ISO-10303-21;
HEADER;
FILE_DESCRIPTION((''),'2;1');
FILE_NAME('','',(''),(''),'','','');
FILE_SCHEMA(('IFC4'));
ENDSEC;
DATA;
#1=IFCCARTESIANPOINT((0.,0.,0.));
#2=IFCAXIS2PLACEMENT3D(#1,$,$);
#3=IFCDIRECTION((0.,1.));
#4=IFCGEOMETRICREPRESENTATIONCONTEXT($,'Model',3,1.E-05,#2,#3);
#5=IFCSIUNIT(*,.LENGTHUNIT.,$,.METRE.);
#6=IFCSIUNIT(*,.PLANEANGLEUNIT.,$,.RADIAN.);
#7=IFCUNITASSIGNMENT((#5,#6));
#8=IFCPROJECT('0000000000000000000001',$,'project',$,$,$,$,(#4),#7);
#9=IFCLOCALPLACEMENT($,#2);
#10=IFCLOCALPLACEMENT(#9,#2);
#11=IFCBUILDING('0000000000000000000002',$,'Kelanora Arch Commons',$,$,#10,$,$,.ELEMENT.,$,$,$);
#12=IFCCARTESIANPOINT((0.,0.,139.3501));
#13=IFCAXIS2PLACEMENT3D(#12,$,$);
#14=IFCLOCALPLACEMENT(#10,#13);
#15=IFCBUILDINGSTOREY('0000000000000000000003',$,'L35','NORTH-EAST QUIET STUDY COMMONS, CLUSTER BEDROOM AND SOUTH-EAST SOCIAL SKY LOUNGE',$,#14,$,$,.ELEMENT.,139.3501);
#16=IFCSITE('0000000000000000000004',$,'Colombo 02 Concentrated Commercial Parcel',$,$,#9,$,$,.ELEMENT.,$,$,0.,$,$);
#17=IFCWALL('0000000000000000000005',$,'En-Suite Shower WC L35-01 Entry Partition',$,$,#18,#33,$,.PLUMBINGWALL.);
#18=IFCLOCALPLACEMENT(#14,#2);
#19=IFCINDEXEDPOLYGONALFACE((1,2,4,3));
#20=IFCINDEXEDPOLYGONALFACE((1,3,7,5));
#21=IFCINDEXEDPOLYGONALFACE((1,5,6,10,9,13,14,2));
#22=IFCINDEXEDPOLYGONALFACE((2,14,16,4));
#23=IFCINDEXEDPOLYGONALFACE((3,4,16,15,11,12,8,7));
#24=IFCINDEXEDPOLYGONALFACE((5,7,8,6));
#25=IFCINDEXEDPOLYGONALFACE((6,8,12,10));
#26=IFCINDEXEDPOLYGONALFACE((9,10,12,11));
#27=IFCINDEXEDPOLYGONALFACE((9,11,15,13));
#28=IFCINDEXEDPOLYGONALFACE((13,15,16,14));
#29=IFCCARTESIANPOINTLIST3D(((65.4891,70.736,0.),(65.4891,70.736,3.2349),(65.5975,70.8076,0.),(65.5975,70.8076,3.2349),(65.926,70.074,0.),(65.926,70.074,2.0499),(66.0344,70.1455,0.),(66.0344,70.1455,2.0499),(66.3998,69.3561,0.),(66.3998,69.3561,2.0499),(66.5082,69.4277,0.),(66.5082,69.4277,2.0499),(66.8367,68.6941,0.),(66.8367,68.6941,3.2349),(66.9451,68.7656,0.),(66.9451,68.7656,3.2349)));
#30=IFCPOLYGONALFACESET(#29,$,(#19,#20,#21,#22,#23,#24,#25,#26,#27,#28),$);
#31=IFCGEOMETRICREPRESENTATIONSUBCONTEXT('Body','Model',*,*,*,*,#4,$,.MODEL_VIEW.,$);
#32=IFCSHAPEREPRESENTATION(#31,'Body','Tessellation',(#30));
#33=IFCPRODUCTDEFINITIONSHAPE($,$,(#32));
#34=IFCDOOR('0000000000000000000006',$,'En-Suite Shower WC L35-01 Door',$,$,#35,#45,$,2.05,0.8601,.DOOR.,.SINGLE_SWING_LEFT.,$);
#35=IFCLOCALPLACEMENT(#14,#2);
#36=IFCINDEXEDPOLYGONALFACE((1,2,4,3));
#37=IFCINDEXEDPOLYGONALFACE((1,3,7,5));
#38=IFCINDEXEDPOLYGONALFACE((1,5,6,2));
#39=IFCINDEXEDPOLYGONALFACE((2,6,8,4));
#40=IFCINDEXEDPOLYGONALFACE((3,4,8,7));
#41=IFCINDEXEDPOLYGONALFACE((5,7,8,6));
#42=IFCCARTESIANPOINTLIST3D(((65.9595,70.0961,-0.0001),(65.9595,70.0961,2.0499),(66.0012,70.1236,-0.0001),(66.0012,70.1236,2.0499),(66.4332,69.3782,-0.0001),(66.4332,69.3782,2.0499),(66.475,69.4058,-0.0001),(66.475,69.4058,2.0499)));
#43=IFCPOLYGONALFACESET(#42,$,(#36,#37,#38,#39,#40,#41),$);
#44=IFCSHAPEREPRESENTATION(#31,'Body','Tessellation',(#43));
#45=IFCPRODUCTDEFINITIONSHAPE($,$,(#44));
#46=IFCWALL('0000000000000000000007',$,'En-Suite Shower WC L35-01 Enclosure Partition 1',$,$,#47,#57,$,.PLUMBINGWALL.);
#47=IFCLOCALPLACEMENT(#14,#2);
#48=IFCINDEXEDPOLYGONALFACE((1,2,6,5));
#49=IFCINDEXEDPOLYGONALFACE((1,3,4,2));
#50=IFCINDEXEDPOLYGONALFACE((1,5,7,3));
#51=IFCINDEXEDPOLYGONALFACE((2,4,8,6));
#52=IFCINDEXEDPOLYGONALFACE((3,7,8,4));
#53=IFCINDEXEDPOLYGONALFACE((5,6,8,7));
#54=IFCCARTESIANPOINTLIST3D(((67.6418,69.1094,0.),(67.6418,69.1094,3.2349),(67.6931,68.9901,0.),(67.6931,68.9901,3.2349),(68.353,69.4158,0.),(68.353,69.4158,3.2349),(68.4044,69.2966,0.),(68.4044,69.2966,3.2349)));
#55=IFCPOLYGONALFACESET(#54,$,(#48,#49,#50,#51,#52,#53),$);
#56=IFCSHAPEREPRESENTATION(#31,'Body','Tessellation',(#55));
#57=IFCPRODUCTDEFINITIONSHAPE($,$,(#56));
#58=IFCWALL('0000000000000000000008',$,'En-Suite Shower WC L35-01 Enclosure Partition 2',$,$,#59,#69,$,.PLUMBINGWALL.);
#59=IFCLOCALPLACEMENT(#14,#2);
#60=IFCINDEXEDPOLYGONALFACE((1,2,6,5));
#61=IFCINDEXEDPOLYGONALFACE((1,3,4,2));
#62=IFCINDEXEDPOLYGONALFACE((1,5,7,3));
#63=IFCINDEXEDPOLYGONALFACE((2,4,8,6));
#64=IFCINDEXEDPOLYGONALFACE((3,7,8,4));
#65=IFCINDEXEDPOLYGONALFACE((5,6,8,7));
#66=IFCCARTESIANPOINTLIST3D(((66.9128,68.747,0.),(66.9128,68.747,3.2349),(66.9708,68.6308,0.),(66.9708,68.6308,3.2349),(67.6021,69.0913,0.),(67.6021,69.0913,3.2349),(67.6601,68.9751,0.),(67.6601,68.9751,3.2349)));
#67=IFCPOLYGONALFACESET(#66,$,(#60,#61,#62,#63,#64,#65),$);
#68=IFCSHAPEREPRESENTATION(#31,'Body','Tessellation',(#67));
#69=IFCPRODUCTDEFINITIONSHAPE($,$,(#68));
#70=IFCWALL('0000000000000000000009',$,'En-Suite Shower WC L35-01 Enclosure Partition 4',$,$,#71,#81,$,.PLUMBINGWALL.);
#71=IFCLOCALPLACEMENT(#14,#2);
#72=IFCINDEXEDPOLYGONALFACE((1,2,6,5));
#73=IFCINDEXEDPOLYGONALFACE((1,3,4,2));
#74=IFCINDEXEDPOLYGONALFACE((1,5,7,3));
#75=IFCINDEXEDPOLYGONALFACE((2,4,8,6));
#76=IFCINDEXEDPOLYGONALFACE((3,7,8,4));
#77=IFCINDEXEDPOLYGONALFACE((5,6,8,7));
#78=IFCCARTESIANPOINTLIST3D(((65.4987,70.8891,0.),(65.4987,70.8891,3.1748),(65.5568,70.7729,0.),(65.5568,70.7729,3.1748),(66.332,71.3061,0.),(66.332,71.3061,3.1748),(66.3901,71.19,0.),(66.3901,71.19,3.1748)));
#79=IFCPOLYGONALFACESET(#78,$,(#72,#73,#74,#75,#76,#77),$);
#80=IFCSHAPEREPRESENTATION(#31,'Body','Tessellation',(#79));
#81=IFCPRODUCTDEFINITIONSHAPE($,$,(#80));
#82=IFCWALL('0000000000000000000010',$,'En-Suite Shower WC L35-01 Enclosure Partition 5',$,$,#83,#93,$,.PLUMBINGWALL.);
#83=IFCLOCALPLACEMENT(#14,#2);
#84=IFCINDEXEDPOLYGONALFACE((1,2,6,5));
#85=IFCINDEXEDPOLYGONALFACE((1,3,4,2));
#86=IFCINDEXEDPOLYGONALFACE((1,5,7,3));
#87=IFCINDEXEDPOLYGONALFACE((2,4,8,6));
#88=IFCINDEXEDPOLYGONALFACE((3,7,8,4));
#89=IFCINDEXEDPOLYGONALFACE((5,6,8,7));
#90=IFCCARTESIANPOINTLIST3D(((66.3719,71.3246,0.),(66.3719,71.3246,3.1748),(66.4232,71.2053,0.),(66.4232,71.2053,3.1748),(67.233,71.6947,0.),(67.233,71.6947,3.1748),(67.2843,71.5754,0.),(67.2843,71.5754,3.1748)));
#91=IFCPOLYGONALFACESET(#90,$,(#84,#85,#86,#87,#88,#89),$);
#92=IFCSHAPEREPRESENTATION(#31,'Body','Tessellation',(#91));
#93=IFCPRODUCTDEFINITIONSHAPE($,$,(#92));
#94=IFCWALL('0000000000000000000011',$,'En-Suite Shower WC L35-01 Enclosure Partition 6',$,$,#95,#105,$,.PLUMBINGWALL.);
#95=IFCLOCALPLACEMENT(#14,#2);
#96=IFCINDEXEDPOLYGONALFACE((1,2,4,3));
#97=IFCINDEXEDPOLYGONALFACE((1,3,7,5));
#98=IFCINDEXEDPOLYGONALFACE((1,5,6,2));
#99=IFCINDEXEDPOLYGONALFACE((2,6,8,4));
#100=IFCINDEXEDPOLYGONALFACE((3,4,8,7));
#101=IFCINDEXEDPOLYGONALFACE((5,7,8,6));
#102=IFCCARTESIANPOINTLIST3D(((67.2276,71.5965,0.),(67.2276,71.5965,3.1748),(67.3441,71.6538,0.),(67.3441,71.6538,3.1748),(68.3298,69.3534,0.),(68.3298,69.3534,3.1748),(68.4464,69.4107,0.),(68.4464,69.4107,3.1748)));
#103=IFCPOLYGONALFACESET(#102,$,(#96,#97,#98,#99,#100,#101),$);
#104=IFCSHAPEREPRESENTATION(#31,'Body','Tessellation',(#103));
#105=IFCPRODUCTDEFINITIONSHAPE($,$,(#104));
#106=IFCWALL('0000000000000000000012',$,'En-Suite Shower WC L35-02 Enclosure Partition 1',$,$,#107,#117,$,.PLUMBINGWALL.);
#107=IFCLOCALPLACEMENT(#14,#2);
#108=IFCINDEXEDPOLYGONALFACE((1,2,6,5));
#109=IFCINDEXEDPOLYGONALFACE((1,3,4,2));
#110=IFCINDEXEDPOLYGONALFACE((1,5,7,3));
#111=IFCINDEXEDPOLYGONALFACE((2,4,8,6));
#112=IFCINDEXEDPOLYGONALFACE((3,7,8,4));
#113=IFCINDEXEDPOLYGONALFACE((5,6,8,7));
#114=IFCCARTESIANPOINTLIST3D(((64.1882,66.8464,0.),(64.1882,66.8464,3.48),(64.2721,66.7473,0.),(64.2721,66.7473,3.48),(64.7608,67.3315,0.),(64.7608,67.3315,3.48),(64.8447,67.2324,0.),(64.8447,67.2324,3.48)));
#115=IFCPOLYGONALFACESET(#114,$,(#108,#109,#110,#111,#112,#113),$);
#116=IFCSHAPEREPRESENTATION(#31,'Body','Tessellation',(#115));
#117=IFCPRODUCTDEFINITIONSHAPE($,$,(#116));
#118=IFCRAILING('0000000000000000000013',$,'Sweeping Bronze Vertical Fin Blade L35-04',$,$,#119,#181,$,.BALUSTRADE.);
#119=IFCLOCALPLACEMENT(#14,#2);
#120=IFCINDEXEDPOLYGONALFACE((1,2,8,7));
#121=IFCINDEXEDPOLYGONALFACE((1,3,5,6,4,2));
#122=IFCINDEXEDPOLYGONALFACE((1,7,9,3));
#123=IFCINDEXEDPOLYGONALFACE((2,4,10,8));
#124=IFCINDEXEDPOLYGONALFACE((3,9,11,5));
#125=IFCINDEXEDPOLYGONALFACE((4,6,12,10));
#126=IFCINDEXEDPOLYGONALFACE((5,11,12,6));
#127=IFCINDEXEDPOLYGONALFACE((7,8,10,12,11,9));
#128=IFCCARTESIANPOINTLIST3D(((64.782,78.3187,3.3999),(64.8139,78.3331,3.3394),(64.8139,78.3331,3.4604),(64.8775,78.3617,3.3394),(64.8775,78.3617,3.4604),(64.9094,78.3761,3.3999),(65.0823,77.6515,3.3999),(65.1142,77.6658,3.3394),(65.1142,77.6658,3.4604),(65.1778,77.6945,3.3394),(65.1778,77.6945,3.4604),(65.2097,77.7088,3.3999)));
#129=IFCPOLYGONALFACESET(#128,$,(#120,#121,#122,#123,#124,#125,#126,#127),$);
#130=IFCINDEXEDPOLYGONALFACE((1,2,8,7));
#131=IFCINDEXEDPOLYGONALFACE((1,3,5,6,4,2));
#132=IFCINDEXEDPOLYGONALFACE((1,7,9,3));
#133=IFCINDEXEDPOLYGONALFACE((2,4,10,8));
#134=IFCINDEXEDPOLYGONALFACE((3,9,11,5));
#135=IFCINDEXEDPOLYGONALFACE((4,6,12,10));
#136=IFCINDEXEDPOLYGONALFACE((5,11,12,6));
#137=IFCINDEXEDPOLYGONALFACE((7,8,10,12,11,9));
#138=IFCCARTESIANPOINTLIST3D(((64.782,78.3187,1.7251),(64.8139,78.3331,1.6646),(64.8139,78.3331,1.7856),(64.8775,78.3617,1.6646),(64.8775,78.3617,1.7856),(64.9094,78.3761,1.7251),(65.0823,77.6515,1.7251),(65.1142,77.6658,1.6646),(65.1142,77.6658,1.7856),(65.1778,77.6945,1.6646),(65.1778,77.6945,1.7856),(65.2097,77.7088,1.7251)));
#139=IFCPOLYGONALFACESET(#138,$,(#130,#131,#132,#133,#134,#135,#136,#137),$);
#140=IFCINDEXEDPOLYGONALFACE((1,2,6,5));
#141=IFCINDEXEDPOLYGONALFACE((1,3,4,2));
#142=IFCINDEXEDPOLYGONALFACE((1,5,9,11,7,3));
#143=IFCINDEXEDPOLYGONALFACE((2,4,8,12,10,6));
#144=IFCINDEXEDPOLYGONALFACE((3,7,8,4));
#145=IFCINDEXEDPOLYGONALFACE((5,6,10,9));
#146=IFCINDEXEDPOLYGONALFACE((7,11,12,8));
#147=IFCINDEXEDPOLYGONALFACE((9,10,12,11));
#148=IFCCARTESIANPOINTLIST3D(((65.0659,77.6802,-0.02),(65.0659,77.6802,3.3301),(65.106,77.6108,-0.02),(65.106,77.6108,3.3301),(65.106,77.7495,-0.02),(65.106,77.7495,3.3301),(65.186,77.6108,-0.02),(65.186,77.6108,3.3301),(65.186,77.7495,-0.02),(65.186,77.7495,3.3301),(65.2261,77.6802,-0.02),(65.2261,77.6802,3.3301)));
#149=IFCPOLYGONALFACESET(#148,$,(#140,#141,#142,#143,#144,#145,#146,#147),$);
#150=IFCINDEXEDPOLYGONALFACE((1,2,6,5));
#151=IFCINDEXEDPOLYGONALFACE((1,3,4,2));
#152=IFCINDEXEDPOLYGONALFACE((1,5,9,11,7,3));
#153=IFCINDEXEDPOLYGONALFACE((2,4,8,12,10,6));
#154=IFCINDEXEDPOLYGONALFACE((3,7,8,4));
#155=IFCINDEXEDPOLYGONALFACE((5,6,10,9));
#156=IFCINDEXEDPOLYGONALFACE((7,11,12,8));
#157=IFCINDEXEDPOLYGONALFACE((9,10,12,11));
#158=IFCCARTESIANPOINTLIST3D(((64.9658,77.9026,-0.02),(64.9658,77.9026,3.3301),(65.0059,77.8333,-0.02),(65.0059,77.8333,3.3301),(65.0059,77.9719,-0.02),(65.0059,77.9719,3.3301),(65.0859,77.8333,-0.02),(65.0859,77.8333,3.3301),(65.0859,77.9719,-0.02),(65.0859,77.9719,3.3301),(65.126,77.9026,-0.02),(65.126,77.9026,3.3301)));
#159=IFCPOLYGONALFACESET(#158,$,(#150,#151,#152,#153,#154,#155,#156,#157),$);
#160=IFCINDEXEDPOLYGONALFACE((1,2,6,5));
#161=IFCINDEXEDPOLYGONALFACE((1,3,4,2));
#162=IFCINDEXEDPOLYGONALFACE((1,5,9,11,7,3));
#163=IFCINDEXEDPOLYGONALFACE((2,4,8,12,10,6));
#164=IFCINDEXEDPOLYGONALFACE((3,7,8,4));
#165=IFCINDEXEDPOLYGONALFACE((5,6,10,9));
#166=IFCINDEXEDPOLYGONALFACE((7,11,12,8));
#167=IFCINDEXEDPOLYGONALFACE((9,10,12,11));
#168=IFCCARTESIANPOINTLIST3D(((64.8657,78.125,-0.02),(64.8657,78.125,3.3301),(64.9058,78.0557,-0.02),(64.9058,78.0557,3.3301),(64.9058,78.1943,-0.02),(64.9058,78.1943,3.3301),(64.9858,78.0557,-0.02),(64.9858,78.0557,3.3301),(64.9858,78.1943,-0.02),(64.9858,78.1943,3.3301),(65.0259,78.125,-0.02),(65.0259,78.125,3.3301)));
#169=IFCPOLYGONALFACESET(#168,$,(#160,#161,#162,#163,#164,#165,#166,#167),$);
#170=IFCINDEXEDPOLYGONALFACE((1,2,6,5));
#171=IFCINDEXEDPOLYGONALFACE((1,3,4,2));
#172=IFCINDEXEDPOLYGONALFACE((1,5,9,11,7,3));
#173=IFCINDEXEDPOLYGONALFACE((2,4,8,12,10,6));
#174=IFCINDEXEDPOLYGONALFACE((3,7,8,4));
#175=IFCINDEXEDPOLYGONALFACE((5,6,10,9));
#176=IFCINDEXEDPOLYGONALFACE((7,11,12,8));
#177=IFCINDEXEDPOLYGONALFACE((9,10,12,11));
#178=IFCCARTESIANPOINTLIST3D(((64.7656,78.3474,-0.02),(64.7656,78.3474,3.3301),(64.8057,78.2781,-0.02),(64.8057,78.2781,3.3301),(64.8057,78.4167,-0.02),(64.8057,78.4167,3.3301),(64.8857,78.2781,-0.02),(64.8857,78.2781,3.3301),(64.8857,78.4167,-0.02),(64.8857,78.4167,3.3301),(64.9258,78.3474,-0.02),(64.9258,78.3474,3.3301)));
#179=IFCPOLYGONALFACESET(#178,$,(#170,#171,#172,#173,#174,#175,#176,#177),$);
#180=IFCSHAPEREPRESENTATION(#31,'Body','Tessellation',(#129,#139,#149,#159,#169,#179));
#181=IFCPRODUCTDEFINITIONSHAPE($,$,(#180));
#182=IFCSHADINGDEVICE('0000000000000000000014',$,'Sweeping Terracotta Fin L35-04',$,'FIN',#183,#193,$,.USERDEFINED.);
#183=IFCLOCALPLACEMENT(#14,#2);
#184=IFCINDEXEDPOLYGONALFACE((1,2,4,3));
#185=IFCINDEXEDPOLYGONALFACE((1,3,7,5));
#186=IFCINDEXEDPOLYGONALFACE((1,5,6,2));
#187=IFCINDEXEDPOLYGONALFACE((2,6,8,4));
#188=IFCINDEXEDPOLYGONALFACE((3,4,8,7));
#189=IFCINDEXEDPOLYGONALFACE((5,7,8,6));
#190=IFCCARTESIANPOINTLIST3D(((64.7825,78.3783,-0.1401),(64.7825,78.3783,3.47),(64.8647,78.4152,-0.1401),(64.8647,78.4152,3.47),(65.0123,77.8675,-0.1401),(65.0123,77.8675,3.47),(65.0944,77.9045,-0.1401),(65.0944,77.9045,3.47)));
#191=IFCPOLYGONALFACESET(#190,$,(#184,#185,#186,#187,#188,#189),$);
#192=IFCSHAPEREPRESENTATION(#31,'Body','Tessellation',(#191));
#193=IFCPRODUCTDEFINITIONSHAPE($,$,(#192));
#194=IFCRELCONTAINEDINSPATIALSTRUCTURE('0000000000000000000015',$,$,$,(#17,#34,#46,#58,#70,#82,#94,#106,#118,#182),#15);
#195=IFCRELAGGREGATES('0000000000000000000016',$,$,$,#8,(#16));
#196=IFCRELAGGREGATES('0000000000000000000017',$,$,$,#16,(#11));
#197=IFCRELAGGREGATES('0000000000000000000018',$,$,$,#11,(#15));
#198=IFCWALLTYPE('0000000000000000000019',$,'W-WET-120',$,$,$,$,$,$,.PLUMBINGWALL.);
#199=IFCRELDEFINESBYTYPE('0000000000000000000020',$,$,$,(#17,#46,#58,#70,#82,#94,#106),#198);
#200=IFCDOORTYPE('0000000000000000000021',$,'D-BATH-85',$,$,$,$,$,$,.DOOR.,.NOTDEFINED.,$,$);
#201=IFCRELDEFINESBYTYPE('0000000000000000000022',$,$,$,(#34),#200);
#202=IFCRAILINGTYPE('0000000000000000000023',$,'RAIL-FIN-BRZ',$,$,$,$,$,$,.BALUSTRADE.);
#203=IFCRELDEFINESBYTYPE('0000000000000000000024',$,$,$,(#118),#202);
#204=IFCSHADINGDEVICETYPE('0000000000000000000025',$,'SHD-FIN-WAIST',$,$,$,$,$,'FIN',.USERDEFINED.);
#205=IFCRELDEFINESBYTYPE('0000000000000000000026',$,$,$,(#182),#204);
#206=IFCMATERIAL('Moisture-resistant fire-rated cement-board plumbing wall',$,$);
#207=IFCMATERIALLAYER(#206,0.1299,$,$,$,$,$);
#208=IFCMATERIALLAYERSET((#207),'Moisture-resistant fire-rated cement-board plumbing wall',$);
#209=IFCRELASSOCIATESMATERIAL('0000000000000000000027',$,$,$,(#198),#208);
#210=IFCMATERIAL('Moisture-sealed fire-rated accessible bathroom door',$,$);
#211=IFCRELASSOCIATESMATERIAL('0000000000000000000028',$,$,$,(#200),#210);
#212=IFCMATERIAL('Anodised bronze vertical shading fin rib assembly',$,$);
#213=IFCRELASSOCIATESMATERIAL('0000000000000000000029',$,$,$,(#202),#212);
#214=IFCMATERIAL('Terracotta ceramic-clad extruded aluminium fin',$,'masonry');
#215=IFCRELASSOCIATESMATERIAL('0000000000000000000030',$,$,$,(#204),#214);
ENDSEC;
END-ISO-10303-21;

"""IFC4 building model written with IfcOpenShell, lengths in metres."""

from ifc_helpers import new_model, si_unit, direction, frame, frame_2d, origin, origin_2d, place, context, subcontext, project, spatial, polyline, rectangle, outline, extrude, source, transform, mapped, material, layer, layer_set, type_object, element, fill, save


model = new_model("IFC4")

# Units and contexts
model_context = context("Model", 3, precision=1e-05, world=origin(), true_north=direction((0.0, 1.0)))
body_context = subcontext(model_context, "Body", "Model", "MODEL_VIEW")
ifc_project = project(units=[si_unit("LENGTHUNIT", "METRE"), si_unit("PLANEANGLEUNIT", "RADIAN")], contexts=[model_context])

# Site, building, storey
site_placement = place(None, origin())
site = spatial("IfcSite", under=ifc_project, at=site_placement, Name="Colombo 02 Concentrated Commercial Parcel", CompositionType="ELEMENT", RefElevation=0.0)
building_placement = place(site_placement, origin())
building = spatial("IfcBuilding", under=site, at=building_placement, Name="Kelanora Arch Commons", CompositionType="ELEMENT")
storey_placement = place(building_placement, frame((0.0, 0.0, 139.3501)))
storey = spatial("IfcBuildingStorey", under=building, at=storey_placement, Name="L35", Description="NORTH-EAST QUIET STUDY COMMONS, CLUSTER BEDROOM AND SOUTH-EAST SOCIAL SKY LOUNGE", CompositionType="ELEMENT", Elevation=139.3501)

# Wall, opening, door
ifc_material_1 = material(Name="Moisture-resistant fire-rated cement-board plumbing wall")
ifc_layer_1 = layer(ifc_material_1, 0.1299)
ifc_layer_set_1 = layer_set([ifc_layer_1], Name="Moisture-resistant fire-rated cement-board plumbing wall")
wall_type_1 = type_object("IfcWallType", Name="W-WET-120", PredefinedType="PLUMBINGWALL", material=ifc_layer_set_1)
wall_1_placement = place(storey_placement, frame((66.8909, 68.73, 0.0), z_axis=(0.0, 0.0, 1.0), x_axis=(-0.550826, 0.83462, 0.0)))
wall_1 = element("IfcWall", 1, at=wall_1_placement, inside=storey, type_object=wall_type_1, Name="En-Suite Shower WC L35-01 Entry Partition", PredefinedType="PLUMBINGWALL", context=body_context, shape_type="SweptSolid", body=[
    extrude(rectangle(XDim=2.4465, YDim=0.1299, at=frame_2d((1.2231, 0.0))), origin(), (0.0, 0.0, 1.0), 3.2349),
])
opening_1_placement = place(wall_1_placement, frame((0.793, 0.0, 0.0)))
opening_1 = element("IfcOpeningElement", 2, at=opening_1_placement, cuts=wall_1, PredefinedType="OPENING", context=body_context, shape_type="SweptSolid", body=[
    extrude(rectangle(XDim=0.8601, YDim=2.05, at=frame_2d((0.4302, 1.0249))), frame((0.0, 0.075, 0.0), z_axis=(0.0, -1.0, 0.0), x_axis=(1.0, 0.0, 0.0)), (0.0, 0.0, 1.0), 0.1499),
])
ifc_material_2 = material(Name="Moisture-sealed fire-rated accessible bathroom door")
door_type_1 = type_object("IfcDoorType", Name="D-BATH-85", OperationType="NOTDEFINED", PredefinedType="DOOR", material=ifc_material_2)
door_1_placement = place(opening_1_placement, origin())
door_1 = element("IfcDoor", 3, at=door_1_placement, inside=storey, type_object=door_type_1, Name="En-Suite Shower WC L35-01 Door", OperationType="SINGLE_SWING_LEFT", OverallHeight=2.05, OverallWidth=0.8601, PredefinedType="DOOR", context=body_context, shape_type="SweptSolid", body=[
    extrude(rectangle(XDim=0.8601, YDim=2.05, at=frame_2d((0.4302, 1.0249))), frame((0.0, 0.0249, 0.0), z_axis=(0.0, -1.0, 0.0), x_axis=(1.0, 0.0, 0.0)), (0.0, 0.0, 1.0), 0.05),
])
fill(opening_1, door_1)

# Walls
wall_2_placement = place(storey_placement, frame((68.3787, 69.3562, 0.0), z_axis=(0.0, 0.0, 1.0), x_axis=(-0.918393, -0.395669, 0.0)))
element("IfcWall", 4, at=wall_2_placement, inside=storey, type_object=wall_type_1, Name="En-Suite Shower WC L35-01 Enclosure Partition 1", PredefinedType="PLUMBINGWALL", context=body_context, shape_type="SweptSolid", body=[
    extrude(rectangle(XDim=0.7744, YDim=0.1299, at=frame_2d((0.3872, 0.0))), origin(), (0.0, 0.0, 1.0), 3.2349),
])
wall_3_placement = place(storey_placement, frame((67.6311, 69.0332, 0.0), z_axis=(0.0, 0.0, 1.0), x_axis=(-0.894617, -0.446833, 0.0)))
element("IfcWall", 5, at=wall_3_placement, inside=storey, type_object=wall_type_1, Name="En-Suite Shower WC L35-01 Enclosure Partition 2", PredefinedType="PLUMBINGWALL", context=body_context, shape_type="SweptSolid", body=[
    extrude(rectangle(XDim=0.7705, YDim=0.1299, at=frame_2d((0.3853, 0.0))), origin(), (0.0, 0.0, 1.0), 3.2349),
])
wall_4_placement = place(storey_placement, frame((65.5278, 70.8311, 0.0), z_axis=(0.0, 0.0, 1.0), x_axis=(0.89427, 0.447528, 0.0)))
element("IfcWall", 6, at=wall_4_placement, inside=storey, type_object=wall_type_1, Name="En-Suite Shower WC L35-01 Enclosure Partition 4", PredefinedType="PLUMBINGWALL", context=body_context, shape_type="SweptSolid", body=[
    extrude(rectangle(XDim=0.9319, YDim=0.1299, at=frame_2d((0.4658, 0.0))), origin(), (0.0, 0.0, 1.0), 3.1748),
])
wall_5_placement = place(storey_placement, frame((66.3975, 71.2649, 0.0), z_axis=(0.0, 0.0, 1.0), x_axis=(0.918727, 0.394894, 0.0)))
element("IfcWall", 7, at=wall_5_placement, inside=storey, type_object=wall_type_1, Name="En-Suite Shower WC L35-01 Enclosure Partition 5", PredefinedType="PLUMBINGWALL", context=body_context, shape_type="SweptSolid", body=[
    extrude(rectangle(XDim=0.9373, YDim=0.1299, at=frame_2d((0.4688, 0.0))), origin(), (0.0, 0.0, 1.0), 3.1748),
])
wall_6_placement = place(storey_placement, frame((67.2859, 71.625, 0.0), z_axis=(0.0, 0.0, 1.0), x_axis=(0.44103, -0.897493, 0.0)))
element("IfcWall", 8, at=wall_6_placement, inside=storey, type_object=wall_type_1, Name="En-Suite Shower WC L35-01 Enclosure Partition 6", PredefinedType="PLUMBINGWALL", context=body_context, shape_type="SweptSolid", body=[
    extrude(rectangle(XDim=2.4993, YDim=0.1299, at=frame_2d((1.2495, 0.0))), origin(), (0.0, 0.0, 1.0), 3.1748),
])
wall_7_placement = place(storey_placement, frame((64.8027, 67.282, 0.0), z_axis=(0.0, 0.0, 1.0), x_axis=(-0.762942, -0.646467, 0.0)))
element("IfcWall", 9, at=wall_7_placement, inside=storey, type_object=wall_type_1, Name="En-Suite Shower WC L35-02 Enclosure Partition 1", PredefinedType="PLUMBINGWALL", context=body_context, shape_type="SweptSolid", body=[
    extrude(rectangle(XDim=0.7505, YDim=0.1299, at=frame_2d((0.3752, 0.0))), origin(), (0.0, 0.0, 1.0), 3.48),
])

# Railing
ifc_material_3 = material(Name="Anodised bronze vertical shading fin rib assembly")
railing_type = type_object("IfcRailingType", Name="RAIL-FIN-BRZ", PredefinedType="BALUSTRADE", material=ifc_material_3)
railing_placement = place(storey_placement, frame((65.146, 77.6802, -0.02)))
element("IfcRailing", 10, at=railing_placement, inside=storey, type_object=railing_type, Name="Sweeping Bronze Vertical Fin Blade L35-04", PredefinedType="BALUSTRADE", context=body_context, shape_type="SweptSolid", body=[
    extrude(outline(polyline([(0.0698, 0.0), (0.0349, 0.0605), (-0.0349, 0.0605), (-0.0698, 0.0), (-0.0349, -0.0605), (0.0349, -0.0605), (0.0698, 0.0)])), frame((0.0, 0.0, 3.4199), z_axis=(-0.410406, 0.911903, 0.0), x_axis=(-0.911903, -0.410406, 0.0)), (0.0, 0.0, 1.0), 0.7317),
    extrude(outline(polyline([(0.0698, 0.0), (0.0349, 0.0605), (-0.0349, 0.0605), (-0.0698, 0.0), (-0.0349, -0.0605), (0.0349, -0.0605), (0.0698, 0.0)])), frame((0.0, 0.0, 1.7451), z_axis=(-0.410406, 0.911903, 0.0), x_axis=(-0.911903, -0.410406, 0.0)), (0.0, 0.0, 1.0), 0.7317),
    extrude(outline(polyline([(0.0801, 0.0), (0.04, 0.0693), (-0.04, 0.0693), (-0.0801, 0.0), (-0.04, -0.0693), (0.04, -0.0693), (0.0801, 0.0)])), origin(), (0.0, 0.0, 1.0), 3.3501),
    extrude(outline(polyline([(0.0801, 0.0), (0.04, 0.0693), (-0.04, 0.0693), (-0.0801, 0.0), (-0.04, -0.0693), (0.04, -0.0693), (0.0801, 0.0)])), frame((-0.1001, 0.2224, 0.0)), (0.0, 0.0, 1.0), 3.3501),
    extrude(outline(polyline([(0.0801, 0.0), (0.04, 0.0693), (-0.04, 0.0693), (-0.0801, 0.0), (-0.04, -0.0693), (0.04, -0.0693), (0.0801, 0.0)])), frame((-0.2002, 0.4448, 0.0)), (0.0, 0.0, 1.0), 3.3501),
    extrude(outline(polyline([(0.0801, 0.0), (0.04, 0.0693), (-0.04, 0.0693), (-0.0801, 0.0), (-0.04, -0.0693), (0.04, -0.0693), (0.0801, 0.0)])), frame((-0.3003, 0.6672, 0.0)), (0.0, 0.0, 1.0), 3.3501),
])

# Shading device
ifc_material_4 = material(Name="Terracotta ceramic-clad extruded aluminium fin", Category="masonry")
shading_device_type = type_object("IfcShadingDeviceType", Name="SHD-FIN-WAIST", ElementType="FIN", PredefinedType="USERDEFINED", material=ifc_material_4)
shared_shape_1 = source(origin(), body_context, "Body", "SweptSolid", [
    extrude(rectangle(XDim=0.5601, YDim=0.0901, at=origin_2d()), origin(), (0.0, 0.0, 1.0), 3.6101),
])
shading_device_placement = place(storey_placement, frame((64.9385, 78.1414, -0.1401), z_axis=(0.0, 0.0, 1.0), x_axis=(-0.410241, 0.911977, 0.0)))
element("IfcShadingDevice", 11, at=shading_device_placement, inside=storey, type_object=shading_device_type, Name="Sweeping Terracotta Fin L35-04", ObjectType="FIN", PredefinedType="USERDEFINED", context=body_context, shape_type="MappedRepresentation", body=[
    mapped(shared_shape_1, transform((0.0, 0.0, 0.0), scale=1.0)),
])

save(model, "model.ifc")
